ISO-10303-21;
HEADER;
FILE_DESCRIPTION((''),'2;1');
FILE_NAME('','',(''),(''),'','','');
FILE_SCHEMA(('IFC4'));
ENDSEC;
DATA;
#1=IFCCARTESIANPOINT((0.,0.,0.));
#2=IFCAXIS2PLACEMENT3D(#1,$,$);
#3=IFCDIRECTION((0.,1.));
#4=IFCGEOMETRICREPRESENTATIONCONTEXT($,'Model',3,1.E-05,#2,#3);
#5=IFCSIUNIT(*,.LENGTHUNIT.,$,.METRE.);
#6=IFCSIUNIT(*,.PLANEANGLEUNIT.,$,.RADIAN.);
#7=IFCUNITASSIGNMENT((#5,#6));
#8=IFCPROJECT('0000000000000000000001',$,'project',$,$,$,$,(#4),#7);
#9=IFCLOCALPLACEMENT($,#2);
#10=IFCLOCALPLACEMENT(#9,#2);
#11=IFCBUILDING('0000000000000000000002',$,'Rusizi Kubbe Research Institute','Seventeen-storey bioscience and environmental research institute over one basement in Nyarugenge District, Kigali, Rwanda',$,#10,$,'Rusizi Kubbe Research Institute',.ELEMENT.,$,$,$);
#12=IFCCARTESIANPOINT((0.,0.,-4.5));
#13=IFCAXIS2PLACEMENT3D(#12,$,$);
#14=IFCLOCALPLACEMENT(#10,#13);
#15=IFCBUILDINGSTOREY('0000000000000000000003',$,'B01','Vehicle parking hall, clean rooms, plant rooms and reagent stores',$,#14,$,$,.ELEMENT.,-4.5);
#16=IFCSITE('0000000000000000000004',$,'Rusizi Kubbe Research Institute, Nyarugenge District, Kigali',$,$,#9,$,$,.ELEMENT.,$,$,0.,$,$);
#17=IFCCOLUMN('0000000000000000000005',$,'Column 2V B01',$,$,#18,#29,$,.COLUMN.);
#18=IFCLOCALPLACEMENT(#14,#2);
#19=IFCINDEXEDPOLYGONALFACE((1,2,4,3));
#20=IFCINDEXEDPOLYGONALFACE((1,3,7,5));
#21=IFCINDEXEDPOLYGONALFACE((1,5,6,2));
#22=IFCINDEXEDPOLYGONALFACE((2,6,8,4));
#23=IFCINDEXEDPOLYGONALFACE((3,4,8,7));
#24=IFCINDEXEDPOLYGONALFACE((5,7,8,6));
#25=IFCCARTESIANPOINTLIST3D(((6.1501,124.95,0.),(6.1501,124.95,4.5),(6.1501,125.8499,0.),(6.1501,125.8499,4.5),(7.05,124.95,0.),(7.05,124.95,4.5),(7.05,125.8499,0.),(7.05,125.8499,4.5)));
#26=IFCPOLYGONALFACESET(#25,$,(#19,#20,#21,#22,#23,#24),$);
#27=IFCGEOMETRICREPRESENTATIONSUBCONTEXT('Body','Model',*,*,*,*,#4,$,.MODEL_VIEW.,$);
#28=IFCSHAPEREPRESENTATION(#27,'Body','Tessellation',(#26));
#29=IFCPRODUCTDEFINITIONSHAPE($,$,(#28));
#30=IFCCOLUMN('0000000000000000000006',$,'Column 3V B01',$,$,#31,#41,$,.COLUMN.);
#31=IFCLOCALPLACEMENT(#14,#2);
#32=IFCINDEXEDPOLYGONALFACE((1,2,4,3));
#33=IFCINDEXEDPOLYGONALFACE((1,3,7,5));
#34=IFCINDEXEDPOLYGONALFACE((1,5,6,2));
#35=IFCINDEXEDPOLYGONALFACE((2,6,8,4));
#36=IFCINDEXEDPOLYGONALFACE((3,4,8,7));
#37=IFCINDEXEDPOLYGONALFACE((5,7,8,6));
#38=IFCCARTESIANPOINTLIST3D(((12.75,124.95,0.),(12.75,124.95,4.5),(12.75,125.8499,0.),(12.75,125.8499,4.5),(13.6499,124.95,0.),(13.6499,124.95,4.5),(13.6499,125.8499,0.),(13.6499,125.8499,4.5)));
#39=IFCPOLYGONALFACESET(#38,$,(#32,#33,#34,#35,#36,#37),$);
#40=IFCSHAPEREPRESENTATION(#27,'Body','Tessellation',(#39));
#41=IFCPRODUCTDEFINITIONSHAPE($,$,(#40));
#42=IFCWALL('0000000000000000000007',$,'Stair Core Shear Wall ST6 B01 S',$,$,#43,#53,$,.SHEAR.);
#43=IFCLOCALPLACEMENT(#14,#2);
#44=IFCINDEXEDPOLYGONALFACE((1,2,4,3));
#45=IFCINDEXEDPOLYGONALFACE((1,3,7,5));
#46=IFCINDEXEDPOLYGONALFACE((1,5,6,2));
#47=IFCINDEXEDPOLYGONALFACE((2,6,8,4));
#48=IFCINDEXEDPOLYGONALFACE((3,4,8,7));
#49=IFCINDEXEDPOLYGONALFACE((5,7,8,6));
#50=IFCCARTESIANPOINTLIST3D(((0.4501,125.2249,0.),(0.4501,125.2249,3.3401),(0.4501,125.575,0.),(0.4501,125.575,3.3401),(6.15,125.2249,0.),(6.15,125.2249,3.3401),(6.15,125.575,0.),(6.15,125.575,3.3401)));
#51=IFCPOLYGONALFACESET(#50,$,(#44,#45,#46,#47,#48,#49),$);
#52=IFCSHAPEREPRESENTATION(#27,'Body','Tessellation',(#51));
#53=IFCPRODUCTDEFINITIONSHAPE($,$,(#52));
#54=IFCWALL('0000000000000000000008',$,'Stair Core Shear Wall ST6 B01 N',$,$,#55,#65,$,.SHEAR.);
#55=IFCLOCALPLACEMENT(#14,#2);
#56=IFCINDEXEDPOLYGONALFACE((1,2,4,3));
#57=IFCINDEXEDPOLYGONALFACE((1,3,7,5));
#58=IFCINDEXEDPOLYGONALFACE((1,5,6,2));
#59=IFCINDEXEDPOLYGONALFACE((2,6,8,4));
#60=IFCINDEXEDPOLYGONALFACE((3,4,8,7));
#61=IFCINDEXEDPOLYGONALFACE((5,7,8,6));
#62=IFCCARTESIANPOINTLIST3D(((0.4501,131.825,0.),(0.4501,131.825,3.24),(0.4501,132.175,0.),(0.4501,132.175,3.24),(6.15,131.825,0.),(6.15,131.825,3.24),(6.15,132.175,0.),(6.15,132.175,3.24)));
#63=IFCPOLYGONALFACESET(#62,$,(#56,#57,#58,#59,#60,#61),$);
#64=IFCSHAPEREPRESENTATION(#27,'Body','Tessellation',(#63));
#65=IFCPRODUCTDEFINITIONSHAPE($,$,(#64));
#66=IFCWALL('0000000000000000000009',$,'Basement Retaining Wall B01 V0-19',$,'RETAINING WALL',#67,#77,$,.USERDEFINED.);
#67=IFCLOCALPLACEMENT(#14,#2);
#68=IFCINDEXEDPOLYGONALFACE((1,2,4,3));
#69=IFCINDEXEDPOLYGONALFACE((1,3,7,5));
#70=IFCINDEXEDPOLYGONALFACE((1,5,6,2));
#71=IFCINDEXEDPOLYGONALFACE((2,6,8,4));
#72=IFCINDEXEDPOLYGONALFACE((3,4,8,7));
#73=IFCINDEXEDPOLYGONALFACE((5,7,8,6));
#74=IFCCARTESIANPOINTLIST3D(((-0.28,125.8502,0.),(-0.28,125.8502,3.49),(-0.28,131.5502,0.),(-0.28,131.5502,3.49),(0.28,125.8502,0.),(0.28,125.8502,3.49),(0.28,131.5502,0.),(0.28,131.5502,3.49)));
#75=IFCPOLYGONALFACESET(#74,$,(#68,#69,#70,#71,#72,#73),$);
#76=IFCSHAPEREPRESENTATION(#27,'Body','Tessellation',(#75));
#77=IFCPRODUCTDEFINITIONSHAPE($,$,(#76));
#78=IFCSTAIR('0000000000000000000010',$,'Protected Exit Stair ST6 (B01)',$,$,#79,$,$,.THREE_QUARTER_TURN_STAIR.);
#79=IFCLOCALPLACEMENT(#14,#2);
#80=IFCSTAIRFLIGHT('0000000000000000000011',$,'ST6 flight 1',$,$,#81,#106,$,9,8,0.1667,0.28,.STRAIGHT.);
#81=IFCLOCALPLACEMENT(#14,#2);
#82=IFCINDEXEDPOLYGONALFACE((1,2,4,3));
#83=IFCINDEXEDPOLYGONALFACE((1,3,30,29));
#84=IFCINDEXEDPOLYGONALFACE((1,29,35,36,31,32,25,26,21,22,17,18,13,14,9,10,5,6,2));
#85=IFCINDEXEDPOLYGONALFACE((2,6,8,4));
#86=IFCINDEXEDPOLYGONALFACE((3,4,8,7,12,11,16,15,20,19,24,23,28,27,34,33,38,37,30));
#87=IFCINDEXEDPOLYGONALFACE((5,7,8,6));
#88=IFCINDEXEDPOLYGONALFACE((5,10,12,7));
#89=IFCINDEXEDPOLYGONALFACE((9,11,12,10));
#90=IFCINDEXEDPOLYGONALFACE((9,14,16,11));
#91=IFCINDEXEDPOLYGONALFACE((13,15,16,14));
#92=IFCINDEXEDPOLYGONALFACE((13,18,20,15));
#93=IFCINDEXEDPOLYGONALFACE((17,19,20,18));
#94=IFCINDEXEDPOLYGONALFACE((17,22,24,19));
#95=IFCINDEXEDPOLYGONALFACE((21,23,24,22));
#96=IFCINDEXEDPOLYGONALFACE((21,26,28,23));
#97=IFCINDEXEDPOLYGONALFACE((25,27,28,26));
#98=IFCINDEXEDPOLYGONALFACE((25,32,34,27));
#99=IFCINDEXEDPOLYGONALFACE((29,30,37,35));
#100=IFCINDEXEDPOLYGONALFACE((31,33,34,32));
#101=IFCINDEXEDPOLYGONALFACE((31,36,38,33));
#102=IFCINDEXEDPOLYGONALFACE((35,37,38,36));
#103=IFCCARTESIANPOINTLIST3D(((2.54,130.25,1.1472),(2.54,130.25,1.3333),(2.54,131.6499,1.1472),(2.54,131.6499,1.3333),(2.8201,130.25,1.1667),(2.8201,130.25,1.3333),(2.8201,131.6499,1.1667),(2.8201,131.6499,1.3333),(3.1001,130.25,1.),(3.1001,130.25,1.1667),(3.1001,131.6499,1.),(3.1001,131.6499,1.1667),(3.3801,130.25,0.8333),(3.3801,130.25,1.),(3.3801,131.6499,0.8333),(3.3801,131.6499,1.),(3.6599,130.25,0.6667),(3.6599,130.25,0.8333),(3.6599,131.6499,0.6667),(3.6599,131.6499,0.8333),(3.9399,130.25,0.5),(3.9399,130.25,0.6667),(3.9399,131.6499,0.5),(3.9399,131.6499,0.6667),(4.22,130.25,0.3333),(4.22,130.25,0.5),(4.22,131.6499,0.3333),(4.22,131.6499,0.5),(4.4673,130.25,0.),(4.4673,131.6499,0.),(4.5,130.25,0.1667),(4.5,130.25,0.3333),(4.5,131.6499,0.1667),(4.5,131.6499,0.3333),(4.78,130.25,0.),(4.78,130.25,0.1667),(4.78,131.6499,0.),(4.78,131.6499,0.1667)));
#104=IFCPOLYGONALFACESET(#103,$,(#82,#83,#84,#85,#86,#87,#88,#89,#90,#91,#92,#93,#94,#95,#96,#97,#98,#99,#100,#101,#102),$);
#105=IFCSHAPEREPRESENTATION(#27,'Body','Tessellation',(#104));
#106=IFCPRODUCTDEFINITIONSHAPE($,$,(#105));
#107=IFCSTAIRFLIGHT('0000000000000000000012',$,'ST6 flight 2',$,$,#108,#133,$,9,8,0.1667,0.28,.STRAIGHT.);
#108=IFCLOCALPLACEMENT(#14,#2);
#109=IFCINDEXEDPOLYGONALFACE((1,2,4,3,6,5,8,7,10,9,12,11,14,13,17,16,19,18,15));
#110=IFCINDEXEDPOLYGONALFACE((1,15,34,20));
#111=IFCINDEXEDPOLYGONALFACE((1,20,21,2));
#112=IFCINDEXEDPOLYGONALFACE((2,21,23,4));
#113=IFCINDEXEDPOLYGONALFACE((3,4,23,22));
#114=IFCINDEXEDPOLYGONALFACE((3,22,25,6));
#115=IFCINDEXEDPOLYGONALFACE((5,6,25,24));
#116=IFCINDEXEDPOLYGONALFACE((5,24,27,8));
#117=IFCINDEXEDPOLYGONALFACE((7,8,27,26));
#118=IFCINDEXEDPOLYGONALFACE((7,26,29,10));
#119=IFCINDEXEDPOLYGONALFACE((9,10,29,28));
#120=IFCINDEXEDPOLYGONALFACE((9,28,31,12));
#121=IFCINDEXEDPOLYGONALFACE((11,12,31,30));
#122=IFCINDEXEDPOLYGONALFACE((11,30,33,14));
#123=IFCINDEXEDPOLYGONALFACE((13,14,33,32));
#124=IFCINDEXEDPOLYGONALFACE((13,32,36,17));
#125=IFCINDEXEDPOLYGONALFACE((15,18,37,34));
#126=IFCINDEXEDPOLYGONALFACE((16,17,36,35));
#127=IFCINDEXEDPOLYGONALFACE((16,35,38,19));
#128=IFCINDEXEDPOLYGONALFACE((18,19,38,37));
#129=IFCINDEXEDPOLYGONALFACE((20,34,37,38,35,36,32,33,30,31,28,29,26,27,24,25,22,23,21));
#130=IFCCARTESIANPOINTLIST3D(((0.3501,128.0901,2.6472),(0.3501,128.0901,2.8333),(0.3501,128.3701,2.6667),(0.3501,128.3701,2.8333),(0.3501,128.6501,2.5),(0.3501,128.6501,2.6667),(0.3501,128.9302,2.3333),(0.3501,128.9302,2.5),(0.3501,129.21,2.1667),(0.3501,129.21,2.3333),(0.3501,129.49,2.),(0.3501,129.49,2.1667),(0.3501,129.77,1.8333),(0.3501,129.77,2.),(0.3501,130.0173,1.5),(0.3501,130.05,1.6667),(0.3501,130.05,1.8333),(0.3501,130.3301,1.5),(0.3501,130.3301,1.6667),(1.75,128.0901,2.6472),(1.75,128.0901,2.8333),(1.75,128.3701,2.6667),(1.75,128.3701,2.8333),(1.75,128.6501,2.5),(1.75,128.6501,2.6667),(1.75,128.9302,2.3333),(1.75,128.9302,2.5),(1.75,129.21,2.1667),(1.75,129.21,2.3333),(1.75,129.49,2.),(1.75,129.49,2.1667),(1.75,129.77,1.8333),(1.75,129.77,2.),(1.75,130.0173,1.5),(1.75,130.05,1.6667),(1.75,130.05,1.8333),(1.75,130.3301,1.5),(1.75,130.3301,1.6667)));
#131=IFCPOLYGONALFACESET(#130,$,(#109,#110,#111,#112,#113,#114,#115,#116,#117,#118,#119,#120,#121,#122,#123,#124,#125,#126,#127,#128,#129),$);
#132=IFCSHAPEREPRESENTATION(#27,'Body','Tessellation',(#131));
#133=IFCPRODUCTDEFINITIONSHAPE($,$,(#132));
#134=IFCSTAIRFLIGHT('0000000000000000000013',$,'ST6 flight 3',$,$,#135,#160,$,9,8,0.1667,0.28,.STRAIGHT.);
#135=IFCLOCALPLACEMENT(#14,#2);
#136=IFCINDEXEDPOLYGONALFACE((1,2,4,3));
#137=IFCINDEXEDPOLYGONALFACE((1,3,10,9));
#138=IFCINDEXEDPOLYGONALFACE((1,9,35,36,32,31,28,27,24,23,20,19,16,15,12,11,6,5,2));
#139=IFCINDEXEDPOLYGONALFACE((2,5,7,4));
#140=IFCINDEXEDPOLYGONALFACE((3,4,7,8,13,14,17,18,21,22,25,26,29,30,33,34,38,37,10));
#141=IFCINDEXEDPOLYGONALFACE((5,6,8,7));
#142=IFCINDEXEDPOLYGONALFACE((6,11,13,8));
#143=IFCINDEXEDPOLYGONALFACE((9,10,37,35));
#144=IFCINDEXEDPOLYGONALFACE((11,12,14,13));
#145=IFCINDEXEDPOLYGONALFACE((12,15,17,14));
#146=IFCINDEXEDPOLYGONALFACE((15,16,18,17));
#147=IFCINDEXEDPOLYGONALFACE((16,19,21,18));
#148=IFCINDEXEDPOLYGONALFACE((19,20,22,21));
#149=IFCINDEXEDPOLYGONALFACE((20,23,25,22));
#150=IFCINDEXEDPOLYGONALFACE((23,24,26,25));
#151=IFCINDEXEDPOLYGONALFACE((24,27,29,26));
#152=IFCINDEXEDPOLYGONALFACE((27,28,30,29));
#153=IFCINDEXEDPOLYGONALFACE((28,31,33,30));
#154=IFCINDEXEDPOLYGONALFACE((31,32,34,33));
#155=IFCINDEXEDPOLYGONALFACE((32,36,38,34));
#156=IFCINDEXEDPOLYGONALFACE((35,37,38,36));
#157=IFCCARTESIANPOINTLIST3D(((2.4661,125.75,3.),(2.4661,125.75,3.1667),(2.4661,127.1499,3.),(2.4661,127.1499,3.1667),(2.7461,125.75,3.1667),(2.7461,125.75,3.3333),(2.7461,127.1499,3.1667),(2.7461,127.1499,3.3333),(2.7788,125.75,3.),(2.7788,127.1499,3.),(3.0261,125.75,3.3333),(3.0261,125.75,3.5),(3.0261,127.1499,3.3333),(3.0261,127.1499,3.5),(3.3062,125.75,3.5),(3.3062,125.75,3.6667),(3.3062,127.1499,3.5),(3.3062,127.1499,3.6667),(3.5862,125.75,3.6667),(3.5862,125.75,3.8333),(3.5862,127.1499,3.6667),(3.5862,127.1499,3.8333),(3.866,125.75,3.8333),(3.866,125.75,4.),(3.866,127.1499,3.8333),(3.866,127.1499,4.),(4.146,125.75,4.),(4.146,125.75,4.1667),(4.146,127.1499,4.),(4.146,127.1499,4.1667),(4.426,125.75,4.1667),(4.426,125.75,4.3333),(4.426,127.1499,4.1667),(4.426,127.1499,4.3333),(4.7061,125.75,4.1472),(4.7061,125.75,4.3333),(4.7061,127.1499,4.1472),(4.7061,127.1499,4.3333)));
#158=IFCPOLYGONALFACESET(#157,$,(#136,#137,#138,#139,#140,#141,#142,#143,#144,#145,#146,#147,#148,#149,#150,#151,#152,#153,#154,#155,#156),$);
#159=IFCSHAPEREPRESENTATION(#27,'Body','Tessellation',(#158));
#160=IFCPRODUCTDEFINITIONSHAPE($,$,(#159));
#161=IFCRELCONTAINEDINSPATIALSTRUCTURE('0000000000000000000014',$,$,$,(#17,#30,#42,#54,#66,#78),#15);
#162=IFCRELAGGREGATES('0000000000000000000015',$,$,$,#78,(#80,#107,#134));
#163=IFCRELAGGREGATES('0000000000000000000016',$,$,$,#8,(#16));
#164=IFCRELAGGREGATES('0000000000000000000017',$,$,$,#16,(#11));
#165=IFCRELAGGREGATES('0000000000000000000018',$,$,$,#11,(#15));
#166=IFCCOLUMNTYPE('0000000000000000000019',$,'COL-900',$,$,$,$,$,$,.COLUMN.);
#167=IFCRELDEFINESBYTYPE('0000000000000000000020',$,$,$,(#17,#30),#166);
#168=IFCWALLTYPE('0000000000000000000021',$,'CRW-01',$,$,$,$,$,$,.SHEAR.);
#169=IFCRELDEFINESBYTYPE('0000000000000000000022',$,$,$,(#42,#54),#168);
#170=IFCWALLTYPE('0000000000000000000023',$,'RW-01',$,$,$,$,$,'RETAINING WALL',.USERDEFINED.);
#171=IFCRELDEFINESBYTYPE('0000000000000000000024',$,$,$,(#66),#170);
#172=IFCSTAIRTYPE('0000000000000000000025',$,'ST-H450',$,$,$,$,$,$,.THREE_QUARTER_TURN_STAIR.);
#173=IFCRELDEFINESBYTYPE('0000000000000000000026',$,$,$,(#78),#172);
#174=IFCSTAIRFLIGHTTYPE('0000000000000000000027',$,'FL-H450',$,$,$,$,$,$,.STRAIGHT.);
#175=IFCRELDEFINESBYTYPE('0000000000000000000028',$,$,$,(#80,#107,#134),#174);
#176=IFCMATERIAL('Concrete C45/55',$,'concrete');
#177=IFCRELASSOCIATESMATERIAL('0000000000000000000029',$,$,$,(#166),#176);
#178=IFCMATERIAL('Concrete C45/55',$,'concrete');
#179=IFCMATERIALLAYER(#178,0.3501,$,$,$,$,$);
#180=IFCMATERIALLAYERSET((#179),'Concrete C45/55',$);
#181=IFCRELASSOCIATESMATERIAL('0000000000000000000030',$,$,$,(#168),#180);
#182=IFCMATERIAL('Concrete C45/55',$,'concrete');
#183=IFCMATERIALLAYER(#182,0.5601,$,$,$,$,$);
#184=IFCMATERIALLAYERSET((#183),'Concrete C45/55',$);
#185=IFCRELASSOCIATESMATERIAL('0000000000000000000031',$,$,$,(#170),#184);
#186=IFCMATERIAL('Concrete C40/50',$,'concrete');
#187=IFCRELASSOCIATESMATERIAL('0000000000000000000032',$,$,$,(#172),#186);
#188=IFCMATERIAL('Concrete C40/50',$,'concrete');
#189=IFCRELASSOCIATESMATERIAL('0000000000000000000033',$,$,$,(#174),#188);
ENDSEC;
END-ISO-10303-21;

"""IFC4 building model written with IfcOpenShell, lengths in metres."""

from ifc_helpers import new_model, si_unit, direction, frame, frame_2d, origin, origin_2d, place, context, subcontext, project, spatial, polyline, rectangle, outline, extrude, material, layer, layer_set, material_profile, profile_set, type_object, element, aggregate, save


model = new_model("IFC4")

# Units and contexts
model_context = context("Model", 3, precision=1e-05, world=origin(), true_north=direction((0.0, 1.0)))
body_context = subcontext(model_context, "Body", "Model", "MODEL_VIEW")
ifc_project = project(units=[si_unit("LENGTHUNIT", "METRE"), si_unit("PLANEANGLEUNIT", "RADIAN")], contexts=[model_context])

# Site, building, storey
site_placement = place(None, origin())
site = spatial("IfcSite", under=ifc_project, at=site_placement, Name="Rusizi Kubbe Research Institute, Nyarugenge District, Kigali", CompositionType="ELEMENT", RefElevation=0.0)
building_placement = place(site_placement, origin())
building = spatial("IfcBuilding", under=site, at=building_placement, Name="Rusizi Kubbe Research Institute", Description="Seventeen-storey bioscience and environmental research institute over one basement in Nyarugenge District, Kigali, Rwanda", LongName="Rusizi Kubbe Research Institute", CompositionType="ELEMENT")
storey_placement = place(building_placement, frame((0.0, 0.0, -4.5)))
storey = spatial("IfcBuildingStorey", under=building, at=storey_placement, Name="B01", Description="Vehicle parking hall, clean rooms, plant rooms and reagent stores", CompositionType="ELEMENT", Elevation=-4.5)

# Columns
ifc_material_1 = material(Name="Concrete C45/55", Category="concrete")
ifc_material_profile_1 = material_profile(ifc_material_1, rectangle(XDim=0.8999, YDim=0.8999, at=origin_2d()), Name="RC900x900")
ifc_profile_set_1 = profile_set([ifc_material_profile_1], Name="Concrete C45/55")
column_type = type_object("IfcColumnType", Name="COL-900", PredefinedType="COLUMN", material=ifc_profile_set_1)
for number, where, z_axis, x_axis, name in (
    (1, (6.6001, 125.3999, 0.0), (0.0, 0.0, 1.0), (1.0, 0.0, 0.0), "Column 2V B01"),
    (2, (13.2, 125.3999, 0.0), (0.0, 0.0, 1.0), (1.0, 0.0, 0.0), "Column 3V B01"),
):
    element("IfcColumn", number, at=place(storey_placement, frame(where, z_axis=z_axis, x_axis=x_axis)), inside=storey, type_object=column_type, Name=name, PredefinedType="COLUMN", context=body_context, shape_type="SweptSolid", body=[
        extrude(rectangle(XDim=0.8999, YDim=0.8999, at=origin_2d()), origin(), (0.0, 0.0, 1.0), 4.5),
    ])

# Walls
ifc_material_2 = material(Name="Concrete C45/55", Category="concrete")
ifc_layer_1 = layer(ifc_material_2, 0.3501)
ifc_layer_set_1 = layer_set([ifc_layer_1], Name="Concrete C45/55")
wall_type_1 = type_object("IfcWallType", Name="CRW-01", PredefinedType="SHEAR", material=ifc_layer_set_1)
wall_1_placement = place(storey_placement, frame((0.45, 125.3999, 0.0), z_axis=(0.0, 0.0, 1.0), x_axis=(1.0, 0.0, 0.0)))
element("IfcWall", 3, at=wall_1_placement, inside=storey, type_object=wall_type_1, Name="Stair Core Shear Wall ST6 B01 S", PredefinedType="SHEAR", context=body_context, shape_type="SweptSolid", body=[
    extrude(rectangle(XDim=5.7, YDim=0.3501, at=frame_2d((2.8501, 0.0))), origin(), (0.0, 0.0, 1.0), 3.3401),
])
wall_2_placement = place(storey_placement, frame((0.45, 132.0, 0.0), z_axis=(0.0, 0.0, 1.0), x_axis=(1.0, 0.0, 0.0)))
element("IfcWall", 4, at=wall_2_placement, inside=storey, type_object=wall_type_1, Name="Stair Core Shear Wall ST6 B01 N", PredefinedType="SHEAR", context=body_context, shape_type="SweptSolid", body=[
    extrude(rectangle(XDim=5.7, YDim=0.3501, at=frame_2d((2.8501, 0.0))), origin(), (0.0, 0.0, 1.0), 3.24),
])

# Wall
ifc_material_3 = material(Name="Concrete C45/55", Category="concrete")
ifc_layer_2 = layer(ifc_material_3, 0.5601)
ifc_layer_set_2 = layer_set([ifc_layer_2], Name="Concrete C45/55")
wall_type_2 = type_object("IfcWallType", Name="RW-01", ElementType="RETAINING WALL", PredefinedType="USERDEFINED", material=ifc_layer_set_2)
wall_3_placement = place(storey_placement, frame((0.0, 125.8501, 0.0), z_axis=(0.0, 0.0, 1.0), x_axis=(0.0, 1.0, 0.0)))
element("IfcWall", 5, at=wall_3_placement, inside=storey, type_object=wall_type_2, Name="Basement Retaining Wall B01 V0-19", ObjectType="RETAINING WALL", PredefinedType="USERDEFINED", context=body_context, shape_type="SweptSolid", body=[
    extrude(rectangle(XDim=5.7, YDim=0.5601, at=frame_2d((2.8501, 0.0))), origin(), (0.0, 0.0, 1.0), 3.49),
])

# Stair, stair flights
ifc_material_4 = material(Name="Concrete C40/50", Category="concrete")
stair_type = type_object("IfcStairType", Name="ST-H450", PredefinedType="THREE_QUARTER_TURN_STAIR", material=ifc_material_4)
stair_placement = place(storey_placement, origin())
stair = element("IfcStair", 6, at=stair_placement, inside=storey, type_object=stair_type, Name="Protected Exit Stair ST6 (B01)", PredefinedType="THREE_QUARTER_TURN_STAIR")
ifc_material_5 = material(Name="Concrete C40/50", Category="concrete")
stair_flight_type = type_object("IfcStairFlightType", Name="FL-H450", PredefinedType="STRAIGHT", material=ifc_material_5)
stair_flight_1_placement = place(storey_placement, frame((4.78, 130.95, 0.0), z_axis=(0.0, 0.0, 1.0), x_axis=(-1.0, 0.0, 0.0)))
stair_flight_1 = element("IfcStairFlight", 7, at=stair_flight_1_placement, type_object=stair_flight_type, Name="ST6 flight 1", NumberOfRisers=9, NumberOfTreads=8, PredefinedType="STRAIGHT", RiserHeight=0.1667, TreadLength=0.28, context=body_context, shape_type="SweptSolid", body=[
    extrude(outline(polyline([(0.0, 0.0), (0.0, 0.1667), (0.28, 0.1667), (0.28, 0.3333), (0.5601, 0.3333), (0.5601, 0.5), (0.8401, 0.5), (0.8401, 0.6667), (1.1201, 0.6667), (1.1201, 0.8333), (1.3999, 0.8333), (1.3999, 1.0), (1.6799, 1.0), (1.6799, 1.1667), (1.96, 1.1667), (1.96, 1.3333), (2.24, 1.3333), (2.24, 1.5), (2.24, 1.1472), (0.3127, 0.0), (0.0, 0.0)])), frame((0.0, 0.7, 0.0), z_axis=(0.0, -1.0, 0.0), x_axis=(1.0, 0.0, 0.0)), (0.0, 0.0, 1.0), 1.3999),
])
stair_flight_2_placement = place(storey_placement, frame((1.05, 130.3301, 1.5), z_axis=(0.0, 0.0, 1.0), x_axis=(0.0, -1.0, 0.0)))
stair_flight_2 = element("IfcStairFlight", 8, at=stair_flight_2_placement, type_object=stair_flight_type, Name="ST6 flight 2", NumberOfRisers=9, NumberOfTreads=8, PredefinedType="STRAIGHT", RiserHeight=0.1667, TreadLength=0.28, context=body_context, shape_type="SweptSolid", body=[
    extrude(outline(polyline([(0.0, 0.0), (0.0, 0.1667), (0.28, 0.1667), (0.28, 0.3333), (0.5601, 0.3333), (0.5601, 0.5), (0.8401, 0.5), (0.8401, 0.6667), (1.1201, 0.6667), (1.1201, 0.8333), (1.3999, 0.8333), (1.3999, 1.0), (1.6799, 1.0), (1.6799, 1.1667), (1.96, 1.1667), (1.96, 1.3333), (2.24, 1.3333), (2.24, 1.5), (2.24, 1.1472), (0.3127, 0.0), (0.0, 0.0)])), frame((0.0, 0.7, 0.0), z_axis=(0.0, -1.0, 0.0), x_axis=(1.0, 0.0, 0.0)), (0.0, 0.0, 1.0), 1.3999),
])
stair_flight_3_placement = place(storey_placement, frame((2.4661, 126.45, 3.0), z_axis=(0.0, 0.0, 1.0), x_axis=(1.0, 0.0, 0.0)))
stair_flight_3 = element("IfcStairFlight", 9, at=stair_flight_3_placement, type_object=stair_flight_type, Name="ST6 flight 3", NumberOfRisers=9, NumberOfTreads=8, PredefinedType="STRAIGHT", RiserHeight=0.1667, TreadLength=0.28, context=body_context, shape_type="SweptSolid", body=[
    extrude(outline(polyline([(0.0, 0.0), (0.0, 0.1667), (0.28, 0.1667), (0.28, 0.3333), (0.5601, 0.3333), (0.5601, 0.5), (0.8401, 0.5), (0.8401, 0.6667), (1.1201, 0.6667), (1.1201, 0.8333), (1.3999, 0.8333), (1.3999, 1.0), (1.6799, 1.0), (1.6799, 1.1667), (1.96, 1.1667), (1.96, 1.3333), (2.24, 1.3333), (2.24, 1.5), (2.24, 1.1472), (0.3127, 0.0), (0.0, 0.0)])), frame((0.0, 0.7, 0.0), z_axis=(0.0, -1.0, 0.0), x_axis=(1.0, 0.0, 0.0)), (0.0, 0.0, 1.0), 1.3999),
])
aggregate(stair, [stair_flight_1, stair_flight_2, stair_flight_3])

save(model, "model.ifc")
